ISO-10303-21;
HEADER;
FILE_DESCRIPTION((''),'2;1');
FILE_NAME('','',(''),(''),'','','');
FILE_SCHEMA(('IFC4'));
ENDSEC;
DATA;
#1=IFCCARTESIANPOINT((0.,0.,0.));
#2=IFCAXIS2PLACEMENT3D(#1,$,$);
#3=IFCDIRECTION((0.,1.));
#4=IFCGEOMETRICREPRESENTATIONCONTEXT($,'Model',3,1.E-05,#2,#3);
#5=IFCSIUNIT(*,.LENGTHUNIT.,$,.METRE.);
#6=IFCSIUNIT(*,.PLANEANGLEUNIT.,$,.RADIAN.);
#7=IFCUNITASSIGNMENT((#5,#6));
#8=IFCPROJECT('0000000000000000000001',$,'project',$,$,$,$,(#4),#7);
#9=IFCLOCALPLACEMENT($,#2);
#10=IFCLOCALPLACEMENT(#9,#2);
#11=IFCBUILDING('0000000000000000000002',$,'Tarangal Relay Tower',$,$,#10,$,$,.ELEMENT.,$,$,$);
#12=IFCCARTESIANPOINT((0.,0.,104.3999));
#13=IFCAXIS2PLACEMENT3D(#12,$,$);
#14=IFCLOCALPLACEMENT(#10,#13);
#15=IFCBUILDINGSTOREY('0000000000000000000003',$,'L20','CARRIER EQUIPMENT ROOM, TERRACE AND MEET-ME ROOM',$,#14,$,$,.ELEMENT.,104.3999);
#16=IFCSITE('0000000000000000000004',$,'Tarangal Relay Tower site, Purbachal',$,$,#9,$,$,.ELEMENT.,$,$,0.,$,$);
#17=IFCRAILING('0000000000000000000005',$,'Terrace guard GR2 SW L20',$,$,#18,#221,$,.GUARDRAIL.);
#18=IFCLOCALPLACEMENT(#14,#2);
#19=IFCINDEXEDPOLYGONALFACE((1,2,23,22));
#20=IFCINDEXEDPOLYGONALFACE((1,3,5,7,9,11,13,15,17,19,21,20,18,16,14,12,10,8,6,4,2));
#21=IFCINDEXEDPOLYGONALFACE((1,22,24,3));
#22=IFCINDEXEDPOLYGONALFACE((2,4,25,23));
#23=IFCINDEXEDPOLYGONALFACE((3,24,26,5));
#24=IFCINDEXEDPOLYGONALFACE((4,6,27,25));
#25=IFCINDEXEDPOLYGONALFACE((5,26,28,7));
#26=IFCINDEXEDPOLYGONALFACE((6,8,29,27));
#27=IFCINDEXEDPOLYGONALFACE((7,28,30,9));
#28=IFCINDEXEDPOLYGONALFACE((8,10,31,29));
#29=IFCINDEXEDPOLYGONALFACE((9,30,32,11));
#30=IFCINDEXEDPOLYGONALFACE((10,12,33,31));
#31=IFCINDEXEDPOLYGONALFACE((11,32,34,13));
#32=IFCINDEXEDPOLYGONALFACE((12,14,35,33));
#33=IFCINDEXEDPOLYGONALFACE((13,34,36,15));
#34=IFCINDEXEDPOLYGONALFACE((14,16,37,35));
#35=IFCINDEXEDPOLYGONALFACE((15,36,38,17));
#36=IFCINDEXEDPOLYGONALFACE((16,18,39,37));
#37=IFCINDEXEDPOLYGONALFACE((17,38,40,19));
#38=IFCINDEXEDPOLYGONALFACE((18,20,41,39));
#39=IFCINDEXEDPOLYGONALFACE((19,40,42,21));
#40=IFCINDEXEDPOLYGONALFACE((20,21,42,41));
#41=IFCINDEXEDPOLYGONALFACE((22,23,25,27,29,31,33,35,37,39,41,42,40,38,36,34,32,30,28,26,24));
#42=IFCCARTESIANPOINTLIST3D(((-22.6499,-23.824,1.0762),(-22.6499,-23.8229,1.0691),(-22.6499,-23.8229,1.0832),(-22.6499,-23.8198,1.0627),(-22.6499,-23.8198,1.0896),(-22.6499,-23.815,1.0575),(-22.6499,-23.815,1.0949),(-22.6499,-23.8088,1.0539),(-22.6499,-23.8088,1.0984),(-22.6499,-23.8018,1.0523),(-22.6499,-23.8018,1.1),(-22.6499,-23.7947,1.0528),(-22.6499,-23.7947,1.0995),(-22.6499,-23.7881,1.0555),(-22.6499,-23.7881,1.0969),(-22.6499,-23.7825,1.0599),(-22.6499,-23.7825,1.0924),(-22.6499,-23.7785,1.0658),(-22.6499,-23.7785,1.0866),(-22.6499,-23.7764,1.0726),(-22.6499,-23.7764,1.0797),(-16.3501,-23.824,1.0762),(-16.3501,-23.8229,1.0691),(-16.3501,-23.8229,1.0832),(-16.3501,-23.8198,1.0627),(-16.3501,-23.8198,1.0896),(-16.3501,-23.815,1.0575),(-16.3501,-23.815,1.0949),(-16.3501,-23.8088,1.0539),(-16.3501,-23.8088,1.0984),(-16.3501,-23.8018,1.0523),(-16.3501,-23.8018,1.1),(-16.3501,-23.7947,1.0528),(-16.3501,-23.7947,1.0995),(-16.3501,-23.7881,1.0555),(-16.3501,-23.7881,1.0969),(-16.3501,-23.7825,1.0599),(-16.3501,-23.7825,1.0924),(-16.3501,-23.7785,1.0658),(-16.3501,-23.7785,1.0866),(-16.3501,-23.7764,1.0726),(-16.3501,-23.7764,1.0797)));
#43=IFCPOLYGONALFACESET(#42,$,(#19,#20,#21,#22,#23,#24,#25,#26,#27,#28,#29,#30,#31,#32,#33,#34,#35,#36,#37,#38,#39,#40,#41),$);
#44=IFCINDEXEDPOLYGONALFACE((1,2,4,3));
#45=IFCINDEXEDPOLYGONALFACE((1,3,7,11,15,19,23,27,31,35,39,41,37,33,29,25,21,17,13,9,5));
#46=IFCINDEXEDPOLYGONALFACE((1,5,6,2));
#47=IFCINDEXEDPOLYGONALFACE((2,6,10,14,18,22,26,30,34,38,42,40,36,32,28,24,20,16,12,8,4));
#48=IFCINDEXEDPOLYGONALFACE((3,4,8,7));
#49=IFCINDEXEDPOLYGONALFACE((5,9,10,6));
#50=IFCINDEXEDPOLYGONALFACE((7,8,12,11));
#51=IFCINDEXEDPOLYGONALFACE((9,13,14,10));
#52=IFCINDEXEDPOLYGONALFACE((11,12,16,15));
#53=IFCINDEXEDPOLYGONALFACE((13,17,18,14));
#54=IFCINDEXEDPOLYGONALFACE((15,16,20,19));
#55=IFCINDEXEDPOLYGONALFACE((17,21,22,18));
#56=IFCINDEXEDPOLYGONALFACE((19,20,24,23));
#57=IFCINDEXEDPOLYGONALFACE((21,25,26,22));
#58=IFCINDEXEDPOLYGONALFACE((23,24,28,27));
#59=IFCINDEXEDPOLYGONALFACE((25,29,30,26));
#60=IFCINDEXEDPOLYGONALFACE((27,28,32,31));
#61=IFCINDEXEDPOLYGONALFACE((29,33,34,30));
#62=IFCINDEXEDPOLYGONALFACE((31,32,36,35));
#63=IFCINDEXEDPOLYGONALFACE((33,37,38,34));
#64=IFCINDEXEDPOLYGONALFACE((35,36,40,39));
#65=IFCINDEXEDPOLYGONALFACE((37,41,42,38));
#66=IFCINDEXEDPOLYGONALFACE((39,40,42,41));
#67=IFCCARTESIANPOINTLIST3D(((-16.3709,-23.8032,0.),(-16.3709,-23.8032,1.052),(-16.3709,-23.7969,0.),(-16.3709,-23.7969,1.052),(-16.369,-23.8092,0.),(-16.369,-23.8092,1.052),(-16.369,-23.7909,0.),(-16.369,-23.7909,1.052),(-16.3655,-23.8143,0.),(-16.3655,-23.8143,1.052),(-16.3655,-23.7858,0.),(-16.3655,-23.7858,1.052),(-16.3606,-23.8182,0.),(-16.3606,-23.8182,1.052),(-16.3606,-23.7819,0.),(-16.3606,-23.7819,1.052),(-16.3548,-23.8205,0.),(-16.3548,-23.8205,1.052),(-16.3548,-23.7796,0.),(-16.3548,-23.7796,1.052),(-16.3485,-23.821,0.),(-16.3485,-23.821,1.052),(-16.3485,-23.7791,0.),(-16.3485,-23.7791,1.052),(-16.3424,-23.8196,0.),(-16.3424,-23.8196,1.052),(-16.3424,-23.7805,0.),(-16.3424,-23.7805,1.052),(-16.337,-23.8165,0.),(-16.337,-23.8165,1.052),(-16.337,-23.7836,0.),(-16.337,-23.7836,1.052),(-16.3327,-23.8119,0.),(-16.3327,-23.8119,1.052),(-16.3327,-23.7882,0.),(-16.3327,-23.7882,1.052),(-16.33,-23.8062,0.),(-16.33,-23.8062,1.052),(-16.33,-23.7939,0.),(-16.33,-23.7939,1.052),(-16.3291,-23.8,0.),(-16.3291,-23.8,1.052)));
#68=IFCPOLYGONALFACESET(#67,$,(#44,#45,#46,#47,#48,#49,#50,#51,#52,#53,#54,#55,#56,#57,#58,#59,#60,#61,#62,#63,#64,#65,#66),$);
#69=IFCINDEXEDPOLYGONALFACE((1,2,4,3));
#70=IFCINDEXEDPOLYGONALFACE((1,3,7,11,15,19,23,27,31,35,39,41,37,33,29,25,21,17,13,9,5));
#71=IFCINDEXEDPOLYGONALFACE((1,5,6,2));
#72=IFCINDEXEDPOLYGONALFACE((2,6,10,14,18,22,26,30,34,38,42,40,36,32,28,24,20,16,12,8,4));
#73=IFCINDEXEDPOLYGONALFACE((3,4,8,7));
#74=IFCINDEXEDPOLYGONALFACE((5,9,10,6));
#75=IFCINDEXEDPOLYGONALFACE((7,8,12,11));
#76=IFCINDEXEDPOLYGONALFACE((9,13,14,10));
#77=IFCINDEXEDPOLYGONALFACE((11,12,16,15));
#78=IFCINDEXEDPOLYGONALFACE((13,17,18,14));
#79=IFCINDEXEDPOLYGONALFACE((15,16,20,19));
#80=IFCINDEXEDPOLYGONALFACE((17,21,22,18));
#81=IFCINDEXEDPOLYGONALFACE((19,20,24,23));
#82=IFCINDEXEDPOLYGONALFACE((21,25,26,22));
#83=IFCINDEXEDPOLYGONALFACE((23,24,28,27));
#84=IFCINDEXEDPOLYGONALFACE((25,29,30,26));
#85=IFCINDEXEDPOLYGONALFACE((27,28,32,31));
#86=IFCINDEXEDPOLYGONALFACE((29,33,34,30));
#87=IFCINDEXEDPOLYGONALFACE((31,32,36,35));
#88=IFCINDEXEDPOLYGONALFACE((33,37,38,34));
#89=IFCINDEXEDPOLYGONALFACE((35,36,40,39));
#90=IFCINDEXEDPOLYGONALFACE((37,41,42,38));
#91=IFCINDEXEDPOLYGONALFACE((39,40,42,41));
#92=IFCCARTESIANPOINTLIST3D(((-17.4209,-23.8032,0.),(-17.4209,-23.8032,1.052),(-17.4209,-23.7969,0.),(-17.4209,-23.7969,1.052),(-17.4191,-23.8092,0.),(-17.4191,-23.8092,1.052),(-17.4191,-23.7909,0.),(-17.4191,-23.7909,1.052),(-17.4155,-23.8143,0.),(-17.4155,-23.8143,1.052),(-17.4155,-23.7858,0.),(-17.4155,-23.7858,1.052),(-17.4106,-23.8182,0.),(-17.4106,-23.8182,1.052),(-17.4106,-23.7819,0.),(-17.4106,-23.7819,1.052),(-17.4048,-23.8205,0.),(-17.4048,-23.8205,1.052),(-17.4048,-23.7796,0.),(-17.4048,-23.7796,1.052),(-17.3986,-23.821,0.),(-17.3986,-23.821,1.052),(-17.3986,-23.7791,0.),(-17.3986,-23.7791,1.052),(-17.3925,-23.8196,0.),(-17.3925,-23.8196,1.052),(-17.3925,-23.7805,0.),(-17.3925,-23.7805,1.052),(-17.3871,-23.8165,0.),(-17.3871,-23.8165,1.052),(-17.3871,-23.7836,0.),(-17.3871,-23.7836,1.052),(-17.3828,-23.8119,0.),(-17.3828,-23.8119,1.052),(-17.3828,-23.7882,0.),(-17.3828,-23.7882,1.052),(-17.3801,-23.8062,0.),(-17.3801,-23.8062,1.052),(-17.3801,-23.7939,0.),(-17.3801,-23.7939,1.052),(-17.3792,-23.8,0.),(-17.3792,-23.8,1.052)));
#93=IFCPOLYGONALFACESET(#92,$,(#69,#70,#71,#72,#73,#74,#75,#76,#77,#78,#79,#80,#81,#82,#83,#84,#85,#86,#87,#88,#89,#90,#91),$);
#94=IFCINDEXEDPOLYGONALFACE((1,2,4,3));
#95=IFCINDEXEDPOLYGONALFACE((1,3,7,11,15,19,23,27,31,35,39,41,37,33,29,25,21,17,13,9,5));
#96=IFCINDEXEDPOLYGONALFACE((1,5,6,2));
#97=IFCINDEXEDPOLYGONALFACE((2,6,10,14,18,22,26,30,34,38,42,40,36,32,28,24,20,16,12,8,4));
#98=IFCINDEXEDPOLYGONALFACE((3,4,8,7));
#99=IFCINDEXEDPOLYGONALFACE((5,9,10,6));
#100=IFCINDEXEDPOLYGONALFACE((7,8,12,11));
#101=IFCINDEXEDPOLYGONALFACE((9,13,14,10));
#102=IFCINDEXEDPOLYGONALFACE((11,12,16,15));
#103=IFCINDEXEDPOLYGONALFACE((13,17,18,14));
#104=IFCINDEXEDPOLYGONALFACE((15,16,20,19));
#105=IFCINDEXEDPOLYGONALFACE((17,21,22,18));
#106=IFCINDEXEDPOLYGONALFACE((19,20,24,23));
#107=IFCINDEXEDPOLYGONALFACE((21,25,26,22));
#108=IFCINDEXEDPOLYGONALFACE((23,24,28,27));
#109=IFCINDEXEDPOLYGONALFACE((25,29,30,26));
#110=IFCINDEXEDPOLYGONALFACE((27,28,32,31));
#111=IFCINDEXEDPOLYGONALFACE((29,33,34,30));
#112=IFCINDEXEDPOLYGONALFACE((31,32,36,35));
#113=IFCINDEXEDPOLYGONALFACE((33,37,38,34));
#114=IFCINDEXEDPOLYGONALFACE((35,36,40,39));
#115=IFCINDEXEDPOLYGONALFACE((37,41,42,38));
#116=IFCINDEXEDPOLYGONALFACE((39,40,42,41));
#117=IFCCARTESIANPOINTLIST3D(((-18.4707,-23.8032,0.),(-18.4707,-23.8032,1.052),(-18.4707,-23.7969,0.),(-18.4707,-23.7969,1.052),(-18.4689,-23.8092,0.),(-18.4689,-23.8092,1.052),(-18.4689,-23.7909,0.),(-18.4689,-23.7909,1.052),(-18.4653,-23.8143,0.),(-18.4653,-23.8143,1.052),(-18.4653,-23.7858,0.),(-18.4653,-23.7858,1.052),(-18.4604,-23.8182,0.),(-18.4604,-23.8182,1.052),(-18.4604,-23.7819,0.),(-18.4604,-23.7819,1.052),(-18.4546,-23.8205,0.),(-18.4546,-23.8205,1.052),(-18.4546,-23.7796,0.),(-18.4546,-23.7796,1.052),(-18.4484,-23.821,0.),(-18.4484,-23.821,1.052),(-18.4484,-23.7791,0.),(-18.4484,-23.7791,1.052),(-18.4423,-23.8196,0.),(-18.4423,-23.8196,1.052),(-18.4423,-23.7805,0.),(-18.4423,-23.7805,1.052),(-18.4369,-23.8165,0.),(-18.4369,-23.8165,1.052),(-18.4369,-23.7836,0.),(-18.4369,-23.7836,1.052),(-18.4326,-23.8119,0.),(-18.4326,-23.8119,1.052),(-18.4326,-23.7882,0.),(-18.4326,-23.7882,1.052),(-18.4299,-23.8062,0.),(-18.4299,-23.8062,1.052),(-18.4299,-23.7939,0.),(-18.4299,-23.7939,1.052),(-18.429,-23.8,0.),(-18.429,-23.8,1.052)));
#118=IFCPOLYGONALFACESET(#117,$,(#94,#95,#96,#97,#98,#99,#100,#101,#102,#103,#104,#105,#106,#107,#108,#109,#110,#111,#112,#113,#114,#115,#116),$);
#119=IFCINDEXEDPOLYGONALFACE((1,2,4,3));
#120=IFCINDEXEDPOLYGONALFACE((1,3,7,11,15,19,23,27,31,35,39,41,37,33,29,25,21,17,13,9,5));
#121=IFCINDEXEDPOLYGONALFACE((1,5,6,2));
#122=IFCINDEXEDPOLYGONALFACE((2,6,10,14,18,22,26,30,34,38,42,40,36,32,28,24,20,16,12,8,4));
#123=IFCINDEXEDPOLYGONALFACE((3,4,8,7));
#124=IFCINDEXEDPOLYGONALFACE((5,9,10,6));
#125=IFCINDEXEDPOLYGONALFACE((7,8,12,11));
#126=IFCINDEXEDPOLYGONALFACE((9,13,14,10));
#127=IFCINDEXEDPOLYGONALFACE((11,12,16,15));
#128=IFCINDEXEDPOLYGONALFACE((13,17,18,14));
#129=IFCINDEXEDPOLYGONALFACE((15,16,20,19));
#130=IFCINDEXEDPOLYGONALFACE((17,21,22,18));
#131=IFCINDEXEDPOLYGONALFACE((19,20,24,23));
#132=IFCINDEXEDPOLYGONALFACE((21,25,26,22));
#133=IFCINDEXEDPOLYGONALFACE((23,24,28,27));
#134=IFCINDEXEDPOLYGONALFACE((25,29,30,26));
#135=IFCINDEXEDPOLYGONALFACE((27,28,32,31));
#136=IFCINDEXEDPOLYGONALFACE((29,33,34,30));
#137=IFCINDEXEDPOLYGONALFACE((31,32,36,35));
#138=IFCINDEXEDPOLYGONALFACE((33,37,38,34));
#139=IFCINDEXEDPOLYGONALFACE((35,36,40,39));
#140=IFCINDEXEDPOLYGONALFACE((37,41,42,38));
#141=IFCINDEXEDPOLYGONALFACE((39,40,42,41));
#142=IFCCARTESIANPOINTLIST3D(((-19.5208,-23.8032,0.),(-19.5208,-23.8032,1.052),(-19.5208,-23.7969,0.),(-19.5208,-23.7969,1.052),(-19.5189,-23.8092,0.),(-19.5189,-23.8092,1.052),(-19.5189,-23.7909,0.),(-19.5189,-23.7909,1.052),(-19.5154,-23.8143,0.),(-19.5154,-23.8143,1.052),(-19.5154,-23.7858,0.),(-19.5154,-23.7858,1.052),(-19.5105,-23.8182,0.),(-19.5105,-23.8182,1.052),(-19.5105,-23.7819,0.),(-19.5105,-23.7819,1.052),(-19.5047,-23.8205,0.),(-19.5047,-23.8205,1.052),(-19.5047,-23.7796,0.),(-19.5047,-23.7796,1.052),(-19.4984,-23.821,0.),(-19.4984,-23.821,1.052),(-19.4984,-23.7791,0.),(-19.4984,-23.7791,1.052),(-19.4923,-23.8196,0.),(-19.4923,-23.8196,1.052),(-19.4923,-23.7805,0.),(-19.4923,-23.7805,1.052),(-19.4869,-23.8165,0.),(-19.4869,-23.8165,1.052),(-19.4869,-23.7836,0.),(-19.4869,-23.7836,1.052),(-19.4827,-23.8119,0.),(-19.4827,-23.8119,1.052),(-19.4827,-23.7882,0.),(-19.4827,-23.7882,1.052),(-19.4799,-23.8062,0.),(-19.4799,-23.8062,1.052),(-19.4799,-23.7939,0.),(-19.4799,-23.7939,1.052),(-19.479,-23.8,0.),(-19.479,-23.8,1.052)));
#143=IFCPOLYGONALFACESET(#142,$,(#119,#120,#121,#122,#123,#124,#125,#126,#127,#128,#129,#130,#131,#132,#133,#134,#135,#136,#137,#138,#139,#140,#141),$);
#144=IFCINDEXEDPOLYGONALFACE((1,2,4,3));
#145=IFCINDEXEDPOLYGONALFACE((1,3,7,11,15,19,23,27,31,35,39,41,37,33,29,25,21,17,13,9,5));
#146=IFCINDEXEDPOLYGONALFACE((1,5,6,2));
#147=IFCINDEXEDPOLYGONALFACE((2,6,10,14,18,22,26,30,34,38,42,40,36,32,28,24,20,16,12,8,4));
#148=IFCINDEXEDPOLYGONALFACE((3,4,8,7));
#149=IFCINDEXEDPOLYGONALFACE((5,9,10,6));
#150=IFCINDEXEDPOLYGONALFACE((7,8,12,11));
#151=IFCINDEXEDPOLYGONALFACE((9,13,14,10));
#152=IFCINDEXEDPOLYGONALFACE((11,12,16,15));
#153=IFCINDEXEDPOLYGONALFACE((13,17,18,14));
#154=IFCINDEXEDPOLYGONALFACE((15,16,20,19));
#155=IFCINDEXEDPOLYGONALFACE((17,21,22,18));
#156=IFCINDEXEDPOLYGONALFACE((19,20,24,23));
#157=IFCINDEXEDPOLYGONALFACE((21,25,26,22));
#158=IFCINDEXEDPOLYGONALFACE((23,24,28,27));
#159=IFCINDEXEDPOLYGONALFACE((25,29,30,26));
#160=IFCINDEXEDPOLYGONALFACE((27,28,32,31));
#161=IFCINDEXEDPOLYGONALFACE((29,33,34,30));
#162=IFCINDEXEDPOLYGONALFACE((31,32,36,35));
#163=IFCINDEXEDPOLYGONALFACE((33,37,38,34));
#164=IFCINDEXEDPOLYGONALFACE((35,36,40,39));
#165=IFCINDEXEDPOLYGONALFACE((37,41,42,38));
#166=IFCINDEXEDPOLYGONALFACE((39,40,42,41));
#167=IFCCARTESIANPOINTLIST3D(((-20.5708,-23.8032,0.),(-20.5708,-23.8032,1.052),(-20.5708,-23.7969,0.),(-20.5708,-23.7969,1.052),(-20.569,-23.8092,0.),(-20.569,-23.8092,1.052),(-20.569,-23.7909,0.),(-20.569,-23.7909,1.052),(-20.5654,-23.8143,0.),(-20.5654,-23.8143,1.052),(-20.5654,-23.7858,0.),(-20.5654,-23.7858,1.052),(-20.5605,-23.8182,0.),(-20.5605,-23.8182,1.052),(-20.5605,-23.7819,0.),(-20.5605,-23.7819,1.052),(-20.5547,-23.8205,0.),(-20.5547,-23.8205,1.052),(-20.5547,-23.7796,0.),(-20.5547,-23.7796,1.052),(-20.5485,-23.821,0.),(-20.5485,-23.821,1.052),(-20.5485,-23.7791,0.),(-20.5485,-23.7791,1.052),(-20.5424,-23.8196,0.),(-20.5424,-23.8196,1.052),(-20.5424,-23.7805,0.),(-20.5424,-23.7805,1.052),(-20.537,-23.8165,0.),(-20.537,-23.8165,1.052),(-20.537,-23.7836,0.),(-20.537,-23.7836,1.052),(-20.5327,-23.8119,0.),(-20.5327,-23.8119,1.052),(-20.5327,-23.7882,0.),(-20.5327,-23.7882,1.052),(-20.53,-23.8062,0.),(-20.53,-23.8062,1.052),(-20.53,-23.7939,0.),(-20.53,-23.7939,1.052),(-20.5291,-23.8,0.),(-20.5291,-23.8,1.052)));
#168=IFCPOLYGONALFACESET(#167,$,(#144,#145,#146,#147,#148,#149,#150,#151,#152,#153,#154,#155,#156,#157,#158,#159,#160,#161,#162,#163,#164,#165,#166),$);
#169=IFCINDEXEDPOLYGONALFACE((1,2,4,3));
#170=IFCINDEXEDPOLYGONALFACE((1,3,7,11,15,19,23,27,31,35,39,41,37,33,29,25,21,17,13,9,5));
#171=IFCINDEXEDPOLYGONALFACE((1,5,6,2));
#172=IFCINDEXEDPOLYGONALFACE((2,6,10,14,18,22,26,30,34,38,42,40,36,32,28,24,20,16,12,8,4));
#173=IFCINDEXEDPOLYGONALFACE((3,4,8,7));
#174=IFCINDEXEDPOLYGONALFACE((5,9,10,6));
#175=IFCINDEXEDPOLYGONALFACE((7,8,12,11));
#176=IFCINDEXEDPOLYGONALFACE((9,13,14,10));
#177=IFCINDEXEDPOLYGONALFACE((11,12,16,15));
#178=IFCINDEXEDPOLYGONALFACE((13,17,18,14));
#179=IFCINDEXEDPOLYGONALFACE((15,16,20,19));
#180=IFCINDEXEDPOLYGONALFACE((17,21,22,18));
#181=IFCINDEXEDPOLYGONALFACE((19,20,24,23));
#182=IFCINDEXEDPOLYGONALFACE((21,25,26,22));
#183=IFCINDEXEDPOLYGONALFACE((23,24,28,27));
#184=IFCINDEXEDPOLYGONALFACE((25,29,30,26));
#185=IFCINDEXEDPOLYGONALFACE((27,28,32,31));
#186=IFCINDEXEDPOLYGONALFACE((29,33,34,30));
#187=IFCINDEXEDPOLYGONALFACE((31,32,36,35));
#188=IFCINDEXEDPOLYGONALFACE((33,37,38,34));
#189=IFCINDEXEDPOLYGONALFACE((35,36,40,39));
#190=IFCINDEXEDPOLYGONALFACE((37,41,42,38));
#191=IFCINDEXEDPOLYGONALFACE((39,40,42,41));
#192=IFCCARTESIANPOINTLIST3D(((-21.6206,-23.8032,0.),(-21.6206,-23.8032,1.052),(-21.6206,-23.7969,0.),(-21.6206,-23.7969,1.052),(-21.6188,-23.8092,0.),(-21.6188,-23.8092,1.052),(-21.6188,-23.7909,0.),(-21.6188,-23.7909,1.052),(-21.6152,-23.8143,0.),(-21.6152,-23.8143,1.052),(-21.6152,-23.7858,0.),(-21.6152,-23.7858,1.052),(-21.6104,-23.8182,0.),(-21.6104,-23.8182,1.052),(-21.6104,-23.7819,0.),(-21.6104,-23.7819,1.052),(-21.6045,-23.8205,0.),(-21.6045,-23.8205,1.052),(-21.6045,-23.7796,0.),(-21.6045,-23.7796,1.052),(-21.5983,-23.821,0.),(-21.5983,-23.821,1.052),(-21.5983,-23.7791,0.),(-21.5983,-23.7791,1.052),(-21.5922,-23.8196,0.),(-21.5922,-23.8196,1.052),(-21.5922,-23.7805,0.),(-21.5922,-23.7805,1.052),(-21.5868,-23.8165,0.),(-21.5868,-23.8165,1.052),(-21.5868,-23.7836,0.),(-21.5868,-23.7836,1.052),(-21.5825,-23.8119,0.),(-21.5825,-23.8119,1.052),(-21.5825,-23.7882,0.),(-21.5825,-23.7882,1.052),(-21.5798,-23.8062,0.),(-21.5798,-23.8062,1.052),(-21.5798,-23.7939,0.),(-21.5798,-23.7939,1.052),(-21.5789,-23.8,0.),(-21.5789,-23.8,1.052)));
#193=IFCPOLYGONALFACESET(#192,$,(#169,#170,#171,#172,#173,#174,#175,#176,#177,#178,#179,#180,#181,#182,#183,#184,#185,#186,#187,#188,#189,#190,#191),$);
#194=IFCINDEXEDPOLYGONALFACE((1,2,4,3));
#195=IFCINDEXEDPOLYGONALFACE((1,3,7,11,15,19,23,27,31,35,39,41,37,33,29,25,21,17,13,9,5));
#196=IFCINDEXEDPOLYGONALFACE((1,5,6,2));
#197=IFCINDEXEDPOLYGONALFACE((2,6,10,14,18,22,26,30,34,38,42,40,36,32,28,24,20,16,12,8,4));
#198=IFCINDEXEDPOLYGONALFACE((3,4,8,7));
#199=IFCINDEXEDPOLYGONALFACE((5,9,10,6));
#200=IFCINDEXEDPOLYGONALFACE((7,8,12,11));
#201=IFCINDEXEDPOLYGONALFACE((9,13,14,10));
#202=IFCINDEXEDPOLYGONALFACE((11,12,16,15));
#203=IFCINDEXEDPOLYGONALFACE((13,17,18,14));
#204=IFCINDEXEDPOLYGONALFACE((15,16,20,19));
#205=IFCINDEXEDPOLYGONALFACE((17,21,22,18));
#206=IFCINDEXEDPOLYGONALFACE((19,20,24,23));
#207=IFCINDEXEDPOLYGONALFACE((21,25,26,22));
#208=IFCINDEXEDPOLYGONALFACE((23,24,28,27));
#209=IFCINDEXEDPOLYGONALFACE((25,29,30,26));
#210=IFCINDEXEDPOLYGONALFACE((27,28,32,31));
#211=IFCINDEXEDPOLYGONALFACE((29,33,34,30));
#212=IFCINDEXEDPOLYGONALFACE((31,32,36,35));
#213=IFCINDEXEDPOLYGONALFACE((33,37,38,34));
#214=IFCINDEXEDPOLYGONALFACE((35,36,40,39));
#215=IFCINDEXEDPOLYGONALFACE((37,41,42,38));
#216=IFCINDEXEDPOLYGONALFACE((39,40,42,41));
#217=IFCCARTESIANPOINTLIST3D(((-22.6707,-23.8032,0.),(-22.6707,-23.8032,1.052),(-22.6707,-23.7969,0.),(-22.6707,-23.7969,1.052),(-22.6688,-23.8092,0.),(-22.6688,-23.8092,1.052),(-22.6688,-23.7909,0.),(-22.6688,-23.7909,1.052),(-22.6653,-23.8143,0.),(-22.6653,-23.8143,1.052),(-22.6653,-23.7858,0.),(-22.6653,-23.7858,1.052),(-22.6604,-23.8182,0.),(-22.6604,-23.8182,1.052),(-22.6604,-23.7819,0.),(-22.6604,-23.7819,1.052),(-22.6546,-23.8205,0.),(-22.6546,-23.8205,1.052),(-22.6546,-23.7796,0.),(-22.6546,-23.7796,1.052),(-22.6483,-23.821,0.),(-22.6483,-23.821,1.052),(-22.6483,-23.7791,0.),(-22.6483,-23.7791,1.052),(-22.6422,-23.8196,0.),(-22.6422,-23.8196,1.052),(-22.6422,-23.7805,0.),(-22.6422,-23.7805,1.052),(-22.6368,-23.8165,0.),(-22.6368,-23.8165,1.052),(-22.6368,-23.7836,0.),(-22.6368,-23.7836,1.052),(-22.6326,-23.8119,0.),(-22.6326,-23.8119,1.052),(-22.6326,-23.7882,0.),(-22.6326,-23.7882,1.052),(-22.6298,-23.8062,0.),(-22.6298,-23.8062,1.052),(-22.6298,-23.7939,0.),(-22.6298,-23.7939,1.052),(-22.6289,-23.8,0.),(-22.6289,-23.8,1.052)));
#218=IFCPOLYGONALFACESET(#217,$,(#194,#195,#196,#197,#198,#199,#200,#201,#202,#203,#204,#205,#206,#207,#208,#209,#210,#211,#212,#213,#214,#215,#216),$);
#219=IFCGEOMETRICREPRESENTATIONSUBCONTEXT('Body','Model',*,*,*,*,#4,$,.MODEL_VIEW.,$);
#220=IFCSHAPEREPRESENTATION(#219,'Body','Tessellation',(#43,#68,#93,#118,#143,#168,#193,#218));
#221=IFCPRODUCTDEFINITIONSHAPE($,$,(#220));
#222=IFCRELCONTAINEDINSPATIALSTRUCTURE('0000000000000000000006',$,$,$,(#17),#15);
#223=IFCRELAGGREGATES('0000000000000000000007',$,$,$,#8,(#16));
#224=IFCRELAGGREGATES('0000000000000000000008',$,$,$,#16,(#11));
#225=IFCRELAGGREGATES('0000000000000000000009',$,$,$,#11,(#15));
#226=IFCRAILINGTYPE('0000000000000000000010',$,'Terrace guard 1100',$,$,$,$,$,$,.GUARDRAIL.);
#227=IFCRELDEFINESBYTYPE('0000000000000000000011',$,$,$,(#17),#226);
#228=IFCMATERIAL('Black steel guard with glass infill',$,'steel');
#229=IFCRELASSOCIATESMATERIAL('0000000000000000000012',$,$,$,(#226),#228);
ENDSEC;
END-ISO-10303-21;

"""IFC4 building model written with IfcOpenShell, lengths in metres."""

from ifc_helpers import new_model, si_unit, direction, frame, origin, origin_2d, place, context, subcontext, project, spatial, circle, extrude, material, type_object, element, save


model = new_model("IFC4")

# Units and contexts
model_context = context("Model", 3, precision=1e-05, world=origin(), true_north=direction((0.0, 1.0)))
body_context = subcontext(model_context, "Body", "Model", "MODEL_VIEW")
ifc_project = project(units=[si_unit("LENGTHUNIT", "METRE"), si_unit("PLANEANGLEUNIT", "RADIAN")], contexts=[model_context])

# Site, building, storey
site_placement = place(None, origin())
site = spatial("IfcSite", under=ifc_project, at=site_placement, Name="Tarangal Relay Tower site, Purbachal", CompositionType="ELEMENT", RefElevation=0.0)
building_placement = place(site_placement, origin())
building = spatial("IfcBuilding", under=site, at=building_placement, Name="Tarangal Relay Tower", CompositionType="ELEMENT")
storey_placement = place(building_placement, frame((0.0, 0.0, 104.3999)))
storey = spatial("IfcBuildingStorey", under=building, at=storey_placement, Name="L20", Description="CARRIER EQUIPMENT ROOM, TERRACE AND MEET-ME ROOM", CompositionType="ELEMENT", Elevation=104.3999)

# Railing
ifc_material_1 = material(Name="Black steel guard with glass infill", Category="steel")
railing_type = type_object("IfcRailingType", Name="Terrace guard 1100", PredefinedType="GUARDRAIL", material=ifc_material_1)
railing_1_placement = place(storey_placement, frame((-16.3501, -23.8, 0.0)))
element("IfcRailing", 1, at=railing_1_placement, inside=storey, type_object=railing_type, Name="Terrace guard GR2 SW L20", PredefinedType="GUARDRAIL", context=body_context, shape_type="SweptSolid", body=[
    extrude(circle(Radius=0.0239, at=origin_2d()), frame((0.0, 0.0, 1.0762), z_axis=(-1.0, 0.0, 0.0), x_axis=(0.0, -1.0, 0.0)), (0.0, 0.0, 1.0), 6.2998),
    extrude(circle(Radius=0.021, at=origin_2d()), origin(), (0.0, 0.0, 1.0), 1.052),
    extrude(circle(Radius=0.021, at=origin_2d()), frame((-1.05, 0.0, 0.0)), (0.0, 0.0, 1.0), 1.052),
    extrude(circle(Radius=0.021, at=origin_2d()), frame((-2.0999, 0.0, 0.0)), (0.0, 0.0, 1.0), 1.052),
    extrude(circle(Radius=0.021, at=origin_2d()), frame((-3.1499, 0.0, 0.0)), (0.0, 0.0, 1.0), 1.052),
    extrude(circle(Radius=0.021, at=origin_2d()), frame((-4.2, 0.0, 0.0)), (0.0, 0.0, 1.0), 1.052),
    extrude(circle(Radius=0.021, at=origin_2d()), frame((-5.2498, 0.0, 0.0)), (0.0, 0.0, 1.0), 1.052),
    extrude(circle(Radius=0.021, at=origin_2d()), frame((-6.2998, 0.0, 0.0)), (0.0, 0.0, 1.0), 1.052),
])

save(model, "model.ifc")
